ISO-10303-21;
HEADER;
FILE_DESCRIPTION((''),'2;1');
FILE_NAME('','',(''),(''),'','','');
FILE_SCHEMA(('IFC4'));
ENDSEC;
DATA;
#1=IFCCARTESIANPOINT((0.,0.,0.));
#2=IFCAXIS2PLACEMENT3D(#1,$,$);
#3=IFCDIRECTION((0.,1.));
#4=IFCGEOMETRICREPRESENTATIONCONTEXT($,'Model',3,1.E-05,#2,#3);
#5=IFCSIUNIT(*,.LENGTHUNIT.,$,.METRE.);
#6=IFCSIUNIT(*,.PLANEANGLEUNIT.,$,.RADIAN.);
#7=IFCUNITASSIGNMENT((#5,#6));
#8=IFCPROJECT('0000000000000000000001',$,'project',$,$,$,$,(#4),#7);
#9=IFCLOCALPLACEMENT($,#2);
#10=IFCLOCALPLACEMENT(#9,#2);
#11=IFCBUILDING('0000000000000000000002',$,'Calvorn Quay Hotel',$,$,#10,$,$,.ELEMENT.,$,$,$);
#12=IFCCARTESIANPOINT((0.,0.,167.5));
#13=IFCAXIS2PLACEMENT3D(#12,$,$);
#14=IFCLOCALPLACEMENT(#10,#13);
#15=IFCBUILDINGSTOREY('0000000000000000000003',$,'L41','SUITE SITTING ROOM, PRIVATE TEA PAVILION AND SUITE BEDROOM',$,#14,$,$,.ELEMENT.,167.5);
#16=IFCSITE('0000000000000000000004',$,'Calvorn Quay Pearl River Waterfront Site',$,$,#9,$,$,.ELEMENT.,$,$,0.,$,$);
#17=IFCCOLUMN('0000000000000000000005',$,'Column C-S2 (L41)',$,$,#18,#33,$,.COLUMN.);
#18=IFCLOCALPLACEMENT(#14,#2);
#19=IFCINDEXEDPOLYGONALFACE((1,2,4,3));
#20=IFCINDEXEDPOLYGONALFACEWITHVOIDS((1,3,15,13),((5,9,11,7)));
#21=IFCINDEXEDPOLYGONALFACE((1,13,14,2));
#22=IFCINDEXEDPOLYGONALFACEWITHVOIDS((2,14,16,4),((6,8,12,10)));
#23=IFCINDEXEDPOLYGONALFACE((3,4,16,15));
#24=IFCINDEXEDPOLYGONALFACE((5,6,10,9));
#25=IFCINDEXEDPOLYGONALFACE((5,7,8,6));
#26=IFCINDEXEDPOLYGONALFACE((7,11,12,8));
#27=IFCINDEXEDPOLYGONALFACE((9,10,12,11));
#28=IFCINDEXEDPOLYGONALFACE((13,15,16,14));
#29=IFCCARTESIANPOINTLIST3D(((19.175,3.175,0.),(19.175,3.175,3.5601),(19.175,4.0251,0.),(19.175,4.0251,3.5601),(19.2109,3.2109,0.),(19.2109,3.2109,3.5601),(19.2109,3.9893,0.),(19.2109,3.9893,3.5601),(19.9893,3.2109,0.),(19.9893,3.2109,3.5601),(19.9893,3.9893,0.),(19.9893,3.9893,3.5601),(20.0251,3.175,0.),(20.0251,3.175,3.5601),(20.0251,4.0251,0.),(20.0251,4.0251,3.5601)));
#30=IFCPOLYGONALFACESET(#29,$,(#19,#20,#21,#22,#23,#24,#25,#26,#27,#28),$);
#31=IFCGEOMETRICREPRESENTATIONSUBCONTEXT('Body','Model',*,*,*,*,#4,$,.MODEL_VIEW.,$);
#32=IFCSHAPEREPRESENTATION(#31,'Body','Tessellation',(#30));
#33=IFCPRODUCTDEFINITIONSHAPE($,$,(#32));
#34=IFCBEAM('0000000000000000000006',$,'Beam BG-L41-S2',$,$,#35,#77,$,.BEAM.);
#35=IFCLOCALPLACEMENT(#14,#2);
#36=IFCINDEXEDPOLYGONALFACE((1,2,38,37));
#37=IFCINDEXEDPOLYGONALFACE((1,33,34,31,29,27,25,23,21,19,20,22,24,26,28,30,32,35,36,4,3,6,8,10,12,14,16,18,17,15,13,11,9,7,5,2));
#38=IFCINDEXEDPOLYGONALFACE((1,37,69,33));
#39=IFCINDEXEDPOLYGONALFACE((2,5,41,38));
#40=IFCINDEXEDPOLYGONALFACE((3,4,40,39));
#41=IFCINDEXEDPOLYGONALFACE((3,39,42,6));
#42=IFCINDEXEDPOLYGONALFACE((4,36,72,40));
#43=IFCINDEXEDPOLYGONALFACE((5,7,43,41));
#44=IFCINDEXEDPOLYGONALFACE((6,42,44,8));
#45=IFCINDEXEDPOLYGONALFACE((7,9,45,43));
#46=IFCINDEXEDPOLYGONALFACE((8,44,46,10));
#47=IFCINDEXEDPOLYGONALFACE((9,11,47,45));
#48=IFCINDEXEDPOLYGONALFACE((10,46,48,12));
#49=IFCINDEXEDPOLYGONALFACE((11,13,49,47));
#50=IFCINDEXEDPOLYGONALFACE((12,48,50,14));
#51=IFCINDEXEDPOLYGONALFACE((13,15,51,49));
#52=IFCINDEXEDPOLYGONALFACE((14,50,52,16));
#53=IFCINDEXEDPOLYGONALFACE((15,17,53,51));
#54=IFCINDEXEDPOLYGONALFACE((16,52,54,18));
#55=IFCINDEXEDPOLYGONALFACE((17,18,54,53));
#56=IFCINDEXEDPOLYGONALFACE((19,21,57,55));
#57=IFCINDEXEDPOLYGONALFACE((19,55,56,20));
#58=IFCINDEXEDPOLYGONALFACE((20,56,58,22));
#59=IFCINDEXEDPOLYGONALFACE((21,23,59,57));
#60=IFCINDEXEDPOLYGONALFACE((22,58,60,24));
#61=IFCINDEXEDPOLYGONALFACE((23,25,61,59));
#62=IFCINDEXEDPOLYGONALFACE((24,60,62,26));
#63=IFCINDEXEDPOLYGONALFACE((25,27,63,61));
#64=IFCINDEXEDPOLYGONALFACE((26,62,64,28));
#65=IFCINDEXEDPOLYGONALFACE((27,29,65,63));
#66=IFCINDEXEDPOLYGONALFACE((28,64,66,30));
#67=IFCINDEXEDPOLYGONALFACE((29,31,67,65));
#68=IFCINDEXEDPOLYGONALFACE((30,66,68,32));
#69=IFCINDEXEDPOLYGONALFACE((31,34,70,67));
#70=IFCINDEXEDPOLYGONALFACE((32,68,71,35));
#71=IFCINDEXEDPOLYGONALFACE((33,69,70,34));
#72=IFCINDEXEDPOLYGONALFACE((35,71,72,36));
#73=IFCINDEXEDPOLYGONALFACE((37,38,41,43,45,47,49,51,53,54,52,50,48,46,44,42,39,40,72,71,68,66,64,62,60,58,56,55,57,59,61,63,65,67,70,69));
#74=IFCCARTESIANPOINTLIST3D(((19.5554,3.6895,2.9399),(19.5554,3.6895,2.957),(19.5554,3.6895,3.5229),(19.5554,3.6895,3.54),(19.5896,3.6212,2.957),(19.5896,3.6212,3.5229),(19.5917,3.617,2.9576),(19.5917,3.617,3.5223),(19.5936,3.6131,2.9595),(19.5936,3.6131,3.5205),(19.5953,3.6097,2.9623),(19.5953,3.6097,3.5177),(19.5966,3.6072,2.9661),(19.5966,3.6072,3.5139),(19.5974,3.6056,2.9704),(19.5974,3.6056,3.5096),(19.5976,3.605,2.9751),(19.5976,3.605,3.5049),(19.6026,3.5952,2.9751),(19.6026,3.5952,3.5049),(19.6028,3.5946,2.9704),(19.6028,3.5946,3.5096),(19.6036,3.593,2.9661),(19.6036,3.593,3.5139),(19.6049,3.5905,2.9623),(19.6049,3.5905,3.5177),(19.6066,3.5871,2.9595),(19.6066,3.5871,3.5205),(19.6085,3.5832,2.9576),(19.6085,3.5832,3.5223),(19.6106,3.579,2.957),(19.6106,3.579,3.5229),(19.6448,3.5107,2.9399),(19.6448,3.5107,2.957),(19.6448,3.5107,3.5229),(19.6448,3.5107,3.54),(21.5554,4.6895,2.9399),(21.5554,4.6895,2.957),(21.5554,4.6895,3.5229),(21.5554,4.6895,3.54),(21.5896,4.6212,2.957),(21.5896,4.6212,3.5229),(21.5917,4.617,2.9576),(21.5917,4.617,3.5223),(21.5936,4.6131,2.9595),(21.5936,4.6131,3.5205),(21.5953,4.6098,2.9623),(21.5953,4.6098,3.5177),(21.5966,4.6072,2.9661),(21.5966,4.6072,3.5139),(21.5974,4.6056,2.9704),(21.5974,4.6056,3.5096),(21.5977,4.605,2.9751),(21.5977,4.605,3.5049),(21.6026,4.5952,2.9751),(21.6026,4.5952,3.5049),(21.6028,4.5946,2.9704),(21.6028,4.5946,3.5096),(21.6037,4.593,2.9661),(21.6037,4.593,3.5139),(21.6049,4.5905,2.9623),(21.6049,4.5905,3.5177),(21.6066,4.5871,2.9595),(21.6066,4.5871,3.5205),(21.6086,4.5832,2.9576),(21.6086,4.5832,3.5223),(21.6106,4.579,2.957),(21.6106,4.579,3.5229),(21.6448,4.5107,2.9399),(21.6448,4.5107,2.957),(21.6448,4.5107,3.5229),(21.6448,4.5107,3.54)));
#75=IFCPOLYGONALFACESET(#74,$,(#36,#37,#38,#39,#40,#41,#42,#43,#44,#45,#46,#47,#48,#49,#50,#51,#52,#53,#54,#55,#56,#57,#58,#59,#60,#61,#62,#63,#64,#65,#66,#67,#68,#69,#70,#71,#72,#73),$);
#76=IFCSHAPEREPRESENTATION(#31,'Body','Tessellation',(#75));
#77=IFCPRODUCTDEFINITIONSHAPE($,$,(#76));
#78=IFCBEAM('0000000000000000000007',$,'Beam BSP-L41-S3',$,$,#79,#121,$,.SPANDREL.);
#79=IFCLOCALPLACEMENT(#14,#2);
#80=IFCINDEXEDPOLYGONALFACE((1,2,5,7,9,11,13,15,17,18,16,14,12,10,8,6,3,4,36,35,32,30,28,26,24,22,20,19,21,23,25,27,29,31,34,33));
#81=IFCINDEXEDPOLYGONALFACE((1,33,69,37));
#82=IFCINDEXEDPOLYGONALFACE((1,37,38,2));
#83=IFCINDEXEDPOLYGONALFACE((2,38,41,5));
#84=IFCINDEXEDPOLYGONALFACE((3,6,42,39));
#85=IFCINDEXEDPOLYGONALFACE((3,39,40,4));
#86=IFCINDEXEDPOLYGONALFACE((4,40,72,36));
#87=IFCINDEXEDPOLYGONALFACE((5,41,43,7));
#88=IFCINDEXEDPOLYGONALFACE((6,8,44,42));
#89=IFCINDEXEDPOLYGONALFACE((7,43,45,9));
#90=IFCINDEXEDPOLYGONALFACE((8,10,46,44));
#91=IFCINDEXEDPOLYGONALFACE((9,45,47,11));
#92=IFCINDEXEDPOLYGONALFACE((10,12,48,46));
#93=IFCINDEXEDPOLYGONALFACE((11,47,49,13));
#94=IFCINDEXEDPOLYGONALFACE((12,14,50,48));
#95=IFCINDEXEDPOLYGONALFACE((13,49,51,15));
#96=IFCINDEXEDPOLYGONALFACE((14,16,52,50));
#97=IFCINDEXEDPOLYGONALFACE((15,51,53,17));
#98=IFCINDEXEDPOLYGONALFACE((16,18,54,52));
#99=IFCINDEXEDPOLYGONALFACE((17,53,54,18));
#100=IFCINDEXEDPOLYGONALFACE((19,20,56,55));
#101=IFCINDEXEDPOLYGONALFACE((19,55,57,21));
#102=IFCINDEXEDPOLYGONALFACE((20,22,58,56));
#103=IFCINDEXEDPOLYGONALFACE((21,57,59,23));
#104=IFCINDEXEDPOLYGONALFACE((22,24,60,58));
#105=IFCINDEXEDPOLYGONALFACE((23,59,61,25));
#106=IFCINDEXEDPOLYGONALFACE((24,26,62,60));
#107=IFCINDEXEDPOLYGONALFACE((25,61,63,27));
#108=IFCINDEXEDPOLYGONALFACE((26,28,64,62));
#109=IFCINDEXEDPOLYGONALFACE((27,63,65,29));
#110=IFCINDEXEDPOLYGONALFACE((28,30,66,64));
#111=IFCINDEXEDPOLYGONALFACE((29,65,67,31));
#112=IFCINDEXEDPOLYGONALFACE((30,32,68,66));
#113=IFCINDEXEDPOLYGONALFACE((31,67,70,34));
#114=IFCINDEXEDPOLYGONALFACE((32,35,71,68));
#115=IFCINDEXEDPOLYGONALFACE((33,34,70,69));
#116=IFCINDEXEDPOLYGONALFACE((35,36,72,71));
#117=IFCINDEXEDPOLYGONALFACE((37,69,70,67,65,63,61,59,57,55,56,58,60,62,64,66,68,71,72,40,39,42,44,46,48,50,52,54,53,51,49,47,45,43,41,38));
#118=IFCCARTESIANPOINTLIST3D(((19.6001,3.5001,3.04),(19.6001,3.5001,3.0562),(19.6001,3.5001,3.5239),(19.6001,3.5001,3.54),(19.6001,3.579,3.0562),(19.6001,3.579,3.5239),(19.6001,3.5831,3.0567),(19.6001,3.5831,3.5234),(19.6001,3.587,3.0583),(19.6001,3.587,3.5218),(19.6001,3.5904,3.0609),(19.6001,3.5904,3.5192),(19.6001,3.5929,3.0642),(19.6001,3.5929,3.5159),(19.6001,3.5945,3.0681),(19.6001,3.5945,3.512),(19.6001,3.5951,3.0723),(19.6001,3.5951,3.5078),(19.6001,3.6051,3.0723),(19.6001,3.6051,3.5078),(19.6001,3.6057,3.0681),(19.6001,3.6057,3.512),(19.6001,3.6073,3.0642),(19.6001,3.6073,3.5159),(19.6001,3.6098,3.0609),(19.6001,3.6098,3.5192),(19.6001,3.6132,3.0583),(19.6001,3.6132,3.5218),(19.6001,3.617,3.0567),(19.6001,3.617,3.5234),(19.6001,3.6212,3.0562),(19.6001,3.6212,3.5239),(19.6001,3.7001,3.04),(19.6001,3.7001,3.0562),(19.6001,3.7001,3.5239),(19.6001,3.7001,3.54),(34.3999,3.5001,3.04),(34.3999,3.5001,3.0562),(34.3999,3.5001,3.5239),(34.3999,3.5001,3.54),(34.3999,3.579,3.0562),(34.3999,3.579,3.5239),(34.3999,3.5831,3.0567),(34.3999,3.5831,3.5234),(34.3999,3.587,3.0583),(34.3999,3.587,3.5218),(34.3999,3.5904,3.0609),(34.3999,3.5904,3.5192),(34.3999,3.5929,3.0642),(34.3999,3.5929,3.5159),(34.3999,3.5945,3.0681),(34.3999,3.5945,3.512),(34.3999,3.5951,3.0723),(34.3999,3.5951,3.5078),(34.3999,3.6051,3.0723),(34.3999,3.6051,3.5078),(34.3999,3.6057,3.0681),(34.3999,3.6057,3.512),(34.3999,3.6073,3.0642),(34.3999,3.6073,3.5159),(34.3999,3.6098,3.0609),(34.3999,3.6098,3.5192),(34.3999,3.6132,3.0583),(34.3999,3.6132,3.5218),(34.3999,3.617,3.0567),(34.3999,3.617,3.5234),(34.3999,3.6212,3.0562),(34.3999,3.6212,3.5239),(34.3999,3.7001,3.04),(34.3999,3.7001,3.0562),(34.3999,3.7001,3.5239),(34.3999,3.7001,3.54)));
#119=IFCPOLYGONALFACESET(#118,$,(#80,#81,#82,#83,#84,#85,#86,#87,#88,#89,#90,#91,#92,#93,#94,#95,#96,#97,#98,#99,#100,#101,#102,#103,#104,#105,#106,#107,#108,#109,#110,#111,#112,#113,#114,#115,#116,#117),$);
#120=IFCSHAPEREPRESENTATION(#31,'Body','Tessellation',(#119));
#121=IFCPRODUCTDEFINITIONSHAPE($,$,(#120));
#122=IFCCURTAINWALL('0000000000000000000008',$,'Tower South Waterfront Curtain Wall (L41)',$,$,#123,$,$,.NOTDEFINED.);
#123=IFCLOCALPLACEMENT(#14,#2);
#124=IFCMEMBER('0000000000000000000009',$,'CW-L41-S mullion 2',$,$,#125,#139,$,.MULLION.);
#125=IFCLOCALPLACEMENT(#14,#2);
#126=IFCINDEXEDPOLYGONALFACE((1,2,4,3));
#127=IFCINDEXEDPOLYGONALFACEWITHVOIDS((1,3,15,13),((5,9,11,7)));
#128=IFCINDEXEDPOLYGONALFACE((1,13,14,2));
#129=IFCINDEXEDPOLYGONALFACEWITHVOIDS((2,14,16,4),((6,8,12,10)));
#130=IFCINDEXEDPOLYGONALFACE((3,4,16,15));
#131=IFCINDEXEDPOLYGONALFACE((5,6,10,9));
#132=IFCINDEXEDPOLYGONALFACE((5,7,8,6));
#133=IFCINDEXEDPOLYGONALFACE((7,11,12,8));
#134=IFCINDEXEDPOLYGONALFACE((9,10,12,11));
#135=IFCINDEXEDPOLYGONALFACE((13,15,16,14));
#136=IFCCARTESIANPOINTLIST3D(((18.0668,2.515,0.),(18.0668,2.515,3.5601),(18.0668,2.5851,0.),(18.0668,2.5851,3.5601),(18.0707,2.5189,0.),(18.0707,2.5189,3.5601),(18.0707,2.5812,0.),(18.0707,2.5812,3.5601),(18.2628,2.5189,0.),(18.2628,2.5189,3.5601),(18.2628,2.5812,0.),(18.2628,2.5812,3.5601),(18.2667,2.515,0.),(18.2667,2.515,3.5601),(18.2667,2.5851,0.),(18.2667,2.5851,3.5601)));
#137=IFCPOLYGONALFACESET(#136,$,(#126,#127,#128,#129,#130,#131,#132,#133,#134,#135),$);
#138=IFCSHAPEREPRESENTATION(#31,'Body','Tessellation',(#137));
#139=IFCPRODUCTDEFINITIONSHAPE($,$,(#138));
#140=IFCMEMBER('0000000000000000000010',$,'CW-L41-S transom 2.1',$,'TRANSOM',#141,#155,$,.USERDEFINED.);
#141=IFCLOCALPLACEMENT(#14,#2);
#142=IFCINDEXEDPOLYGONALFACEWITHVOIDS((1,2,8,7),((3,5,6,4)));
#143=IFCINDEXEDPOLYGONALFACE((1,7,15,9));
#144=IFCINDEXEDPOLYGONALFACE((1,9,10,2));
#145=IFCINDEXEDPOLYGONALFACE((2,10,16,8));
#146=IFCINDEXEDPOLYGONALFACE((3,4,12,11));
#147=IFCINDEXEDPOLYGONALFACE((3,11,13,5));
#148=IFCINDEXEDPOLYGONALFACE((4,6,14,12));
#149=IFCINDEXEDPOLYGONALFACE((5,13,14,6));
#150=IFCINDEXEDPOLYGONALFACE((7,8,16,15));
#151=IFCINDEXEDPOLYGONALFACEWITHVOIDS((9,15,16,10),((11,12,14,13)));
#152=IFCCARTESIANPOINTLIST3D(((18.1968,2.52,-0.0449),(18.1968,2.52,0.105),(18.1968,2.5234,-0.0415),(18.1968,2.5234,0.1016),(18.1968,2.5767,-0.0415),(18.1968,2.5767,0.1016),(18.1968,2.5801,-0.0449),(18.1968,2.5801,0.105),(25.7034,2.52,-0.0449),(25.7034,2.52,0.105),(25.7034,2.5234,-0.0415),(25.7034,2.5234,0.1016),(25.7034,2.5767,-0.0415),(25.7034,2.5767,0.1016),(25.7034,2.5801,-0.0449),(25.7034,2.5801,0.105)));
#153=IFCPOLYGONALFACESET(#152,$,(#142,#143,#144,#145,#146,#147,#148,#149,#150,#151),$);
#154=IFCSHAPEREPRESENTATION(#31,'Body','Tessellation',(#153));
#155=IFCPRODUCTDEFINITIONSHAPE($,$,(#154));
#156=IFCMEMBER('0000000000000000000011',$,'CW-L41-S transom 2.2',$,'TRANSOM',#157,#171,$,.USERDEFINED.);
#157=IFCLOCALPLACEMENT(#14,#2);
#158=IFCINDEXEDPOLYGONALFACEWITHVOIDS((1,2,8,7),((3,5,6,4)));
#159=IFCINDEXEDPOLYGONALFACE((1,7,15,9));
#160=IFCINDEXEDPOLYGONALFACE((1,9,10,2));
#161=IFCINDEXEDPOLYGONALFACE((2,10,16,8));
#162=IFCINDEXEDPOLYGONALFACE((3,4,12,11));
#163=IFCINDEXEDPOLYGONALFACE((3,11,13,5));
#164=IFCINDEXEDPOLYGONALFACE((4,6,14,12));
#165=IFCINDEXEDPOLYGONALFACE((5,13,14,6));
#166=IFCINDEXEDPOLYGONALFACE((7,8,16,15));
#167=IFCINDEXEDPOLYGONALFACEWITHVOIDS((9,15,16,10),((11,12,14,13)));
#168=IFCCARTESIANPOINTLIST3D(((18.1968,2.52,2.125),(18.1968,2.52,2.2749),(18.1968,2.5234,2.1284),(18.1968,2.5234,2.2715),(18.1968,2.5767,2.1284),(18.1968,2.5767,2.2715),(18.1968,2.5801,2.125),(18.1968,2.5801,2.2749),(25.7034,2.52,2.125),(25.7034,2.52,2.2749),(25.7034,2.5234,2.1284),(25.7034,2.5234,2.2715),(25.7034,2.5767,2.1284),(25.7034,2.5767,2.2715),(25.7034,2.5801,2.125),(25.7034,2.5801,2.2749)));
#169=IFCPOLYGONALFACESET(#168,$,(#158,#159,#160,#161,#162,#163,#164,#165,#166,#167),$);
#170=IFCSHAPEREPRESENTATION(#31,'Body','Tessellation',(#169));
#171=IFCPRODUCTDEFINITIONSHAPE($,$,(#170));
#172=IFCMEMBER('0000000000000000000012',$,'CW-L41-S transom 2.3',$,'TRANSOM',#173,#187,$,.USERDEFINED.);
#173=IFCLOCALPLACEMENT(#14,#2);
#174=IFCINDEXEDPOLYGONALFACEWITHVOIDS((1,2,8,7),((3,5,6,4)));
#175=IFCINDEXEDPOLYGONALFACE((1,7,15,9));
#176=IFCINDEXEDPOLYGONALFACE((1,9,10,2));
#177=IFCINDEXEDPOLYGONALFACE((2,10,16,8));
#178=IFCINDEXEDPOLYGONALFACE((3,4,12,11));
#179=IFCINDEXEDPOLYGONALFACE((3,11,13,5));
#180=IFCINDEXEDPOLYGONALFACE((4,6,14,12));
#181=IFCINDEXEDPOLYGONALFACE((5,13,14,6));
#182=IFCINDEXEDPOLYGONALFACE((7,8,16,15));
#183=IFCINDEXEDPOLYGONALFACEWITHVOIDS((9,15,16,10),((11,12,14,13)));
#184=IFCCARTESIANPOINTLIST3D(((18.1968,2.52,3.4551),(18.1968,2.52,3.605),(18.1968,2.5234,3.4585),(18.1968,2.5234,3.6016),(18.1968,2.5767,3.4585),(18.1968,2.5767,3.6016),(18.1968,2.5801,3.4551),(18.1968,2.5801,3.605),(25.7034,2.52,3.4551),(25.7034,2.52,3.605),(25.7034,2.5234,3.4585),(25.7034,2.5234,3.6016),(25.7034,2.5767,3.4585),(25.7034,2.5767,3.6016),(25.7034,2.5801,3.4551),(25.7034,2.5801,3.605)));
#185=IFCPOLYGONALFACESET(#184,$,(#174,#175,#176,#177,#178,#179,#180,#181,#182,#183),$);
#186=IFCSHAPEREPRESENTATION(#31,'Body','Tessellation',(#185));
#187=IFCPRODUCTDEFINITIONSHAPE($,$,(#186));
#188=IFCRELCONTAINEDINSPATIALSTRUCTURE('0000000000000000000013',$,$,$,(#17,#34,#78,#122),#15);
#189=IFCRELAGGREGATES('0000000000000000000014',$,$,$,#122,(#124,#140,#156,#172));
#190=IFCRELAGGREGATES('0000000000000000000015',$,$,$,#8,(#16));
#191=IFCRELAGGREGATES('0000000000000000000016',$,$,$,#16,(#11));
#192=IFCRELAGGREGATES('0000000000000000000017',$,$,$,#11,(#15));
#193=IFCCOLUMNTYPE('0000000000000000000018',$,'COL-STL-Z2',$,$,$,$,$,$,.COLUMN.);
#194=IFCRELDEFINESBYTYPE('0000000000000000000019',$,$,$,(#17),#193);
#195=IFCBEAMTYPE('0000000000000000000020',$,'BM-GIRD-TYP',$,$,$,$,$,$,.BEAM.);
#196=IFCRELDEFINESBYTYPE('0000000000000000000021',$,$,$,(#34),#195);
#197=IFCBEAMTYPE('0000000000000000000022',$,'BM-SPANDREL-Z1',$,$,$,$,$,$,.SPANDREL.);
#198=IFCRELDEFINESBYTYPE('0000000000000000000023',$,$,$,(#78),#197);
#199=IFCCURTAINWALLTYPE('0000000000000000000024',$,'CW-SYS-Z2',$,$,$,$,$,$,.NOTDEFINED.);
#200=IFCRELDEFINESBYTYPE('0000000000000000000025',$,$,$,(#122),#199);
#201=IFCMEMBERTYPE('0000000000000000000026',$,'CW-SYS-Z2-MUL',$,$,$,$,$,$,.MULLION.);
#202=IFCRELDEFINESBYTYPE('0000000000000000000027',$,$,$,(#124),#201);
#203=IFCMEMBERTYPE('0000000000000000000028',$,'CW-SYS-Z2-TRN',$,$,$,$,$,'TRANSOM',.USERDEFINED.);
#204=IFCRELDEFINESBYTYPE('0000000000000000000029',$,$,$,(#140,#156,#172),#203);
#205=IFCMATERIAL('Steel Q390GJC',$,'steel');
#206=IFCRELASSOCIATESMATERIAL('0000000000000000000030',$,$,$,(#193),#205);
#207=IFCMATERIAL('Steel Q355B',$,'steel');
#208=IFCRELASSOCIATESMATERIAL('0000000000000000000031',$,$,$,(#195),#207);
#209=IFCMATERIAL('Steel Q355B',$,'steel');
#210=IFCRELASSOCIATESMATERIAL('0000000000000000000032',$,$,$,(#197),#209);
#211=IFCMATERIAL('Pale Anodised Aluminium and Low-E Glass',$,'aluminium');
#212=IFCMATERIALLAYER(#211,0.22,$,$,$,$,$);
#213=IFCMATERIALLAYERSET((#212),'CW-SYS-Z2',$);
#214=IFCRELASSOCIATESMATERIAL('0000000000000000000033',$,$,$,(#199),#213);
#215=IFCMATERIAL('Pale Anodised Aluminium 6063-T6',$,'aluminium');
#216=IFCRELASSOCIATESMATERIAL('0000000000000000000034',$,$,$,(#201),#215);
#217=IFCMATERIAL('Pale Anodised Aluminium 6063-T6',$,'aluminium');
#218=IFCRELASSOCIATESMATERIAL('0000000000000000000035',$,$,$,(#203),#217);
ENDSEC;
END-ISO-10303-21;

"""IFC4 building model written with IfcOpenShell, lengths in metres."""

from ifc_helpers import new_model, si_unit, direction, frame, origin, origin_2d, place, context, subcontext, project, spatial, hollow_rectangle, i_section, extrude, material, layer, layer_set, material_profile, profile_set, type_object, element, aggregate, save


model = new_model("IFC4")

# Units and contexts
model_context = context("Model", 3, precision=1e-05, world=origin(), true_north=direction((0.0, 1.0)))
body_context = subcontext(model_context, "Body", "Model", "MODEL_VIEW")
ifc_project = project(units=[si_unit("LENGTHUNIT", "METRE"), si_unit("PLANEANGLEUNIT", "RADIAN")], contexts=[model_context])

# Site, building, storey
site_placement = place(None, origin())
site = spatial("IfcSite", under=ifc_project, at=site_placement, Name="Calvorn Quay Pearl River Waterfront Site", CompositionType="ELEMENT", RefElevation=0.0)
building_placement = place(site_placement, origin())
building = spatial("IfcBuilding", under=site, at=building_placement, Name="Calvorn Quay Hotel", CompositionType="ELEMENT")
storey_placement = place(building_placement, frame((0.0, 0.0, 167.5)))
storey = spatial("IfcBuildingStorey", under=building, at=storey_placement, Name="L41", Description="SUITE SITTING ROOM, PRIVATE TEA PAVILION AND SUITE BEDROOM", CompositionType="ELEMENT", Elevation=167.5)

# Column
ifc_material_1 = material(Name="Steel Q390GJC", Category="steel")
ifc_material_profile_1 = material_profile(ifc_material_1, hollow_rectangle(XDim=0.8501, YDim=0.8501, WallThickness=0.0359, at=origin_2d()), Name="BOX850x850x36")
ifc_profile_set_1 = profile_set([ifc_material_profile_1], Name="Steel Q390GJC")
column_type = type_object("IfcColumnType", Name="COL-STL-Z2", PredefinedType="COLUMN", material=ifc_profile_set_1)
column_placement = place(storey_placement, frame((19.6001, 3.6001, 0.0), z_axis=(0.0, 0.0, 1.0), x_axis=(1.0, 0.0, 0.0)))
element("IfcColumn", 1, at=column_placement, inside=storey, type_object=column_type, Name="Column C-S2 (L41)", PredefinedType="COLUMN", context=body_context, shape_type="SweptSolid", body=[
    extrude(hollow_rectangle(XDim=0.8501, YDim=0.8501, WallThickness=0.0359, at=origin_2d()), origin(), (0.0, 0.0, 1.0), 3.5601),
])

# Beams
ifc_material_2 = material(Name="Steel Q355B", Category="steel")
ifc_material_profile_2 = material_profile(ifc_material_2, i_section(OverallWidth=0.2, OverallDepth=0.6001, WebThickness=0.011, FlangeThickness=0.0171, FilletRadius=0.0181, at=origin_2d()), Name="HN600x200x11x17")
ifc_profile_set_2 = profile_set([ifc_material_profile_2], Name="Steel Q355B")
beam_type_1 = type_object("IfcBeamType", Name="BM-GIRD-TYP", PredefinedType="BEAM", material=ifc_profile_set_2)
beam_1_placement = place(storey_placement, frame((19.6001, 3.6001, 3.24), z_axis=(0.894427, 0.447214, 0.0), x_axis=(-0.447214, 0.894427, 0.0)))
element("IfcBeam", 2, at=beam_1_placement, inside=storey, type_object=beam_type_1, Name="Beam BG-L41-S2", PredefinedType="BEAM", context=body_context, shape_type="SweptSolid", body=[
    extrude(i_section(OverallWidth=0.2, OverallDepth=0.6001, WebThickness=0.011, FlangeThickness=0.0171, FilletRadius=0.0181, at=origin_2d()), origin(), (0.0, 0.0, 1.0), 2.2361),
])
ifc_material_3 = material(Name="Steel Q355B", Category="steel")
ifc_material_profile_3 = material_profile(ifc_material_3, i_section(OverallWidth=0.2, OverallDepth=0.5, WebThickness=0.01, FlangeThickness=0.0161, FilletRadius=0.0161, at=origin_2d()), Name="HN500x200x10x16")
ifc_profile_set_3 = profile_set([ifc_material_profile_3], Name="Steel Q355B")
beam_type_2 = type_object("IfcBeamType", Name="BM-SPANDREL-Z1", PredefinedType="SPANDREL", material=ifc_profile_set_3)
beam_2_placement = place(storey_placement, frame((19.6001, 3.6001, 3.29), z_axis=(1.0, 0.0, 0.0), x_axis=(0.0, 1.0, 0.0)))
element("IfcBeam", 3, at=beam_2_placement, inside=storey, type_object=beam_type_2, Name="Beam BSP-L41-S3", PredefinedType="SPANDREL", context=body_context, shape_type="SweptSolid", body=[
    extrude(i_section(OverallWidth=0.2, OverallDepth=0.5, WebThickness=0.01, FlangeThickness=0.0161, FilletRadius=0.0161, at=origin_2d()), origin(), (0.0, 0.0, 1.0), 14.7998),
])

# Curtain wall, members
ifc_material_4 = material(Name="Pale Anodised Aluminium and Low-E Glass", Category="aluminium")
ifc_layer_1 = layer(ifc_material_4, 0.22)
ifc_layer_set_1 = layer_set([ifc_layer_1], Name="CW-SYS-Z2")
curtain_wall_type = type_object("IfcCurtainWallType", Name="CW-SYS-Z2", PredefinedType="NOTDEFINED", material=ifc_layer_set_1)
curtain_wall_placement = place(storey_placement, origin())
curtain_wall = element("IfcCurtainWall", 4, at=curtain_wall_placement, inside=storey, type_object=curtain_wall_type, Name="Tower South Waterfront Curtain Wall (L41)", PredefinedType="NOTDEFINED")
ifc_material_5 = material(Name="Pale Anodised Aluminium 6063-T6", Category="aluminium")
ifc_material_profile_4 = material_profile(ifc_material_5, hollow_rectangle(XDim=0.0701, YDim=0.2, WallThickness=0.0039, at=origin_2d()), Name="ALU-M200x70x4")
ifc_profile_set_4 = profile_set([ifc_material_profile_4], Name="Pale Anodised Aluminium 6063-T6")
member_type_1 = type_object("IfcMemberType", Name="CW-SYS-Z2-MUL", PredefinedType="MULLION", material=ifc_profile_set_4)
member_1_placement = place(storey_placement, frame((18.1667, 2.55, 0.0), z_axis=(0.0, 0.0, 1.0), x_axis=(0.0, 1.0, 0.0)))
member_1 = element("IfcMember", 5, at=member_1_placement, type_object=member_type_1, Name="CW-L41-S mullion 2", PredefinedType="MULLION", context=body_context, shape_type="SweptSolid", body=[
    extrude(hollow_rectangle(XDim=0.0701, YDim=0.2, WallThickness=0.0039, at=origin_2d()), origin(), (0.0, 0.0, 1.0), 3.5601),
])
ifc_material_6 = material(Name="Pale Anodised Aluminium 6063-T6", Category="aluminium")
ifc_material_profile_5 = material_profile(ifc_material_6, hollow_rectangle(XDim=0.0601, YDim=0.1499, WallThickness=0.0034, at=origin_2d()), Name="ALU-T150x60x3.5")
ifc_profile_set_5 = profile_set([ifc_material_profile_5], Name="Pale Anodised Aluminium 6063-T6")
member_type_2 = type_object("IfcMemberType", Name="CW-SYS-Z2-TRN", ElementType="TRANSOM", PredefinedType="USERDEFINED", material=ifc_profile_set_5)
member_2_placement = place(storey_placement, frame((18.1968, 2.55, 0.03), z_axis=(1.0, 0.0, 0.0), x_axis=(0.0, 1.0, 0.0)))
member_2 = element("IfcMember", 6, at=member_2_placement, type_object=member_type_2, Name="CW-L41-S transom 2.1", ObjectType="TRANSOM", PredefinedType="USERDEFINED", context=body_context, shape_type="SweptSolid", body=[
    extrude(hollow_rectangle(XDim=0.0601, YDim=0.1499, WallThickness=0.0034, at=origin_2d()), origin(), (0.0, 0.0, 1.0), 7.5066),
])
member_3_placement = place(storey_placement, frame((18.1968, 2.55, 2.2), z_axis=(1.0, 0.0, 0.0), x_axis=(0.0, 1.0, 0.0)))
member_3 = element("IfcMember", 7, at=member_3_placement, type_object=member_type_2, Name="CW-L41-S transom 2.2", ObjectType="TRANSOM", PredefinedType="USERDEFINED", context=body_context, shape_type="SweptSolid", body=[
    extrude(hollow_rectangle(XDim=0.0601, YDim=0.1499, WallThickness=0.0034, at=origin_2d()), origin(), (0.0, 0.0, 1.0), 7.5066),
])
member_4_placement = place(storey_placement, frame((18.1968, 2.55, 3.53), z_axis=(1.0, 0.0, 0.0), x_axis=(0.0, 1.0, 0.0)))
member_4 = element("IfcMember", 8, at=member_4_placement, type_object=member_type_2, Name="CW-L41-S transom 2.3", ObjectType="TRANSOM", PredefinedType="USERDEFINED", context=body_context, shape_type="SweptSolid", body=[
    extrude(hollow_rectangle(XDim=0.0601, YDim=0.1499, WallThickness=0.0034, at=origin_2d()), origin(), (0.0, 0.0, 1.0), 7.5066),
])
aggregate(curtain_wall, [member_1, member_2, member_3, member_4])

save(model, "model.ifc")
